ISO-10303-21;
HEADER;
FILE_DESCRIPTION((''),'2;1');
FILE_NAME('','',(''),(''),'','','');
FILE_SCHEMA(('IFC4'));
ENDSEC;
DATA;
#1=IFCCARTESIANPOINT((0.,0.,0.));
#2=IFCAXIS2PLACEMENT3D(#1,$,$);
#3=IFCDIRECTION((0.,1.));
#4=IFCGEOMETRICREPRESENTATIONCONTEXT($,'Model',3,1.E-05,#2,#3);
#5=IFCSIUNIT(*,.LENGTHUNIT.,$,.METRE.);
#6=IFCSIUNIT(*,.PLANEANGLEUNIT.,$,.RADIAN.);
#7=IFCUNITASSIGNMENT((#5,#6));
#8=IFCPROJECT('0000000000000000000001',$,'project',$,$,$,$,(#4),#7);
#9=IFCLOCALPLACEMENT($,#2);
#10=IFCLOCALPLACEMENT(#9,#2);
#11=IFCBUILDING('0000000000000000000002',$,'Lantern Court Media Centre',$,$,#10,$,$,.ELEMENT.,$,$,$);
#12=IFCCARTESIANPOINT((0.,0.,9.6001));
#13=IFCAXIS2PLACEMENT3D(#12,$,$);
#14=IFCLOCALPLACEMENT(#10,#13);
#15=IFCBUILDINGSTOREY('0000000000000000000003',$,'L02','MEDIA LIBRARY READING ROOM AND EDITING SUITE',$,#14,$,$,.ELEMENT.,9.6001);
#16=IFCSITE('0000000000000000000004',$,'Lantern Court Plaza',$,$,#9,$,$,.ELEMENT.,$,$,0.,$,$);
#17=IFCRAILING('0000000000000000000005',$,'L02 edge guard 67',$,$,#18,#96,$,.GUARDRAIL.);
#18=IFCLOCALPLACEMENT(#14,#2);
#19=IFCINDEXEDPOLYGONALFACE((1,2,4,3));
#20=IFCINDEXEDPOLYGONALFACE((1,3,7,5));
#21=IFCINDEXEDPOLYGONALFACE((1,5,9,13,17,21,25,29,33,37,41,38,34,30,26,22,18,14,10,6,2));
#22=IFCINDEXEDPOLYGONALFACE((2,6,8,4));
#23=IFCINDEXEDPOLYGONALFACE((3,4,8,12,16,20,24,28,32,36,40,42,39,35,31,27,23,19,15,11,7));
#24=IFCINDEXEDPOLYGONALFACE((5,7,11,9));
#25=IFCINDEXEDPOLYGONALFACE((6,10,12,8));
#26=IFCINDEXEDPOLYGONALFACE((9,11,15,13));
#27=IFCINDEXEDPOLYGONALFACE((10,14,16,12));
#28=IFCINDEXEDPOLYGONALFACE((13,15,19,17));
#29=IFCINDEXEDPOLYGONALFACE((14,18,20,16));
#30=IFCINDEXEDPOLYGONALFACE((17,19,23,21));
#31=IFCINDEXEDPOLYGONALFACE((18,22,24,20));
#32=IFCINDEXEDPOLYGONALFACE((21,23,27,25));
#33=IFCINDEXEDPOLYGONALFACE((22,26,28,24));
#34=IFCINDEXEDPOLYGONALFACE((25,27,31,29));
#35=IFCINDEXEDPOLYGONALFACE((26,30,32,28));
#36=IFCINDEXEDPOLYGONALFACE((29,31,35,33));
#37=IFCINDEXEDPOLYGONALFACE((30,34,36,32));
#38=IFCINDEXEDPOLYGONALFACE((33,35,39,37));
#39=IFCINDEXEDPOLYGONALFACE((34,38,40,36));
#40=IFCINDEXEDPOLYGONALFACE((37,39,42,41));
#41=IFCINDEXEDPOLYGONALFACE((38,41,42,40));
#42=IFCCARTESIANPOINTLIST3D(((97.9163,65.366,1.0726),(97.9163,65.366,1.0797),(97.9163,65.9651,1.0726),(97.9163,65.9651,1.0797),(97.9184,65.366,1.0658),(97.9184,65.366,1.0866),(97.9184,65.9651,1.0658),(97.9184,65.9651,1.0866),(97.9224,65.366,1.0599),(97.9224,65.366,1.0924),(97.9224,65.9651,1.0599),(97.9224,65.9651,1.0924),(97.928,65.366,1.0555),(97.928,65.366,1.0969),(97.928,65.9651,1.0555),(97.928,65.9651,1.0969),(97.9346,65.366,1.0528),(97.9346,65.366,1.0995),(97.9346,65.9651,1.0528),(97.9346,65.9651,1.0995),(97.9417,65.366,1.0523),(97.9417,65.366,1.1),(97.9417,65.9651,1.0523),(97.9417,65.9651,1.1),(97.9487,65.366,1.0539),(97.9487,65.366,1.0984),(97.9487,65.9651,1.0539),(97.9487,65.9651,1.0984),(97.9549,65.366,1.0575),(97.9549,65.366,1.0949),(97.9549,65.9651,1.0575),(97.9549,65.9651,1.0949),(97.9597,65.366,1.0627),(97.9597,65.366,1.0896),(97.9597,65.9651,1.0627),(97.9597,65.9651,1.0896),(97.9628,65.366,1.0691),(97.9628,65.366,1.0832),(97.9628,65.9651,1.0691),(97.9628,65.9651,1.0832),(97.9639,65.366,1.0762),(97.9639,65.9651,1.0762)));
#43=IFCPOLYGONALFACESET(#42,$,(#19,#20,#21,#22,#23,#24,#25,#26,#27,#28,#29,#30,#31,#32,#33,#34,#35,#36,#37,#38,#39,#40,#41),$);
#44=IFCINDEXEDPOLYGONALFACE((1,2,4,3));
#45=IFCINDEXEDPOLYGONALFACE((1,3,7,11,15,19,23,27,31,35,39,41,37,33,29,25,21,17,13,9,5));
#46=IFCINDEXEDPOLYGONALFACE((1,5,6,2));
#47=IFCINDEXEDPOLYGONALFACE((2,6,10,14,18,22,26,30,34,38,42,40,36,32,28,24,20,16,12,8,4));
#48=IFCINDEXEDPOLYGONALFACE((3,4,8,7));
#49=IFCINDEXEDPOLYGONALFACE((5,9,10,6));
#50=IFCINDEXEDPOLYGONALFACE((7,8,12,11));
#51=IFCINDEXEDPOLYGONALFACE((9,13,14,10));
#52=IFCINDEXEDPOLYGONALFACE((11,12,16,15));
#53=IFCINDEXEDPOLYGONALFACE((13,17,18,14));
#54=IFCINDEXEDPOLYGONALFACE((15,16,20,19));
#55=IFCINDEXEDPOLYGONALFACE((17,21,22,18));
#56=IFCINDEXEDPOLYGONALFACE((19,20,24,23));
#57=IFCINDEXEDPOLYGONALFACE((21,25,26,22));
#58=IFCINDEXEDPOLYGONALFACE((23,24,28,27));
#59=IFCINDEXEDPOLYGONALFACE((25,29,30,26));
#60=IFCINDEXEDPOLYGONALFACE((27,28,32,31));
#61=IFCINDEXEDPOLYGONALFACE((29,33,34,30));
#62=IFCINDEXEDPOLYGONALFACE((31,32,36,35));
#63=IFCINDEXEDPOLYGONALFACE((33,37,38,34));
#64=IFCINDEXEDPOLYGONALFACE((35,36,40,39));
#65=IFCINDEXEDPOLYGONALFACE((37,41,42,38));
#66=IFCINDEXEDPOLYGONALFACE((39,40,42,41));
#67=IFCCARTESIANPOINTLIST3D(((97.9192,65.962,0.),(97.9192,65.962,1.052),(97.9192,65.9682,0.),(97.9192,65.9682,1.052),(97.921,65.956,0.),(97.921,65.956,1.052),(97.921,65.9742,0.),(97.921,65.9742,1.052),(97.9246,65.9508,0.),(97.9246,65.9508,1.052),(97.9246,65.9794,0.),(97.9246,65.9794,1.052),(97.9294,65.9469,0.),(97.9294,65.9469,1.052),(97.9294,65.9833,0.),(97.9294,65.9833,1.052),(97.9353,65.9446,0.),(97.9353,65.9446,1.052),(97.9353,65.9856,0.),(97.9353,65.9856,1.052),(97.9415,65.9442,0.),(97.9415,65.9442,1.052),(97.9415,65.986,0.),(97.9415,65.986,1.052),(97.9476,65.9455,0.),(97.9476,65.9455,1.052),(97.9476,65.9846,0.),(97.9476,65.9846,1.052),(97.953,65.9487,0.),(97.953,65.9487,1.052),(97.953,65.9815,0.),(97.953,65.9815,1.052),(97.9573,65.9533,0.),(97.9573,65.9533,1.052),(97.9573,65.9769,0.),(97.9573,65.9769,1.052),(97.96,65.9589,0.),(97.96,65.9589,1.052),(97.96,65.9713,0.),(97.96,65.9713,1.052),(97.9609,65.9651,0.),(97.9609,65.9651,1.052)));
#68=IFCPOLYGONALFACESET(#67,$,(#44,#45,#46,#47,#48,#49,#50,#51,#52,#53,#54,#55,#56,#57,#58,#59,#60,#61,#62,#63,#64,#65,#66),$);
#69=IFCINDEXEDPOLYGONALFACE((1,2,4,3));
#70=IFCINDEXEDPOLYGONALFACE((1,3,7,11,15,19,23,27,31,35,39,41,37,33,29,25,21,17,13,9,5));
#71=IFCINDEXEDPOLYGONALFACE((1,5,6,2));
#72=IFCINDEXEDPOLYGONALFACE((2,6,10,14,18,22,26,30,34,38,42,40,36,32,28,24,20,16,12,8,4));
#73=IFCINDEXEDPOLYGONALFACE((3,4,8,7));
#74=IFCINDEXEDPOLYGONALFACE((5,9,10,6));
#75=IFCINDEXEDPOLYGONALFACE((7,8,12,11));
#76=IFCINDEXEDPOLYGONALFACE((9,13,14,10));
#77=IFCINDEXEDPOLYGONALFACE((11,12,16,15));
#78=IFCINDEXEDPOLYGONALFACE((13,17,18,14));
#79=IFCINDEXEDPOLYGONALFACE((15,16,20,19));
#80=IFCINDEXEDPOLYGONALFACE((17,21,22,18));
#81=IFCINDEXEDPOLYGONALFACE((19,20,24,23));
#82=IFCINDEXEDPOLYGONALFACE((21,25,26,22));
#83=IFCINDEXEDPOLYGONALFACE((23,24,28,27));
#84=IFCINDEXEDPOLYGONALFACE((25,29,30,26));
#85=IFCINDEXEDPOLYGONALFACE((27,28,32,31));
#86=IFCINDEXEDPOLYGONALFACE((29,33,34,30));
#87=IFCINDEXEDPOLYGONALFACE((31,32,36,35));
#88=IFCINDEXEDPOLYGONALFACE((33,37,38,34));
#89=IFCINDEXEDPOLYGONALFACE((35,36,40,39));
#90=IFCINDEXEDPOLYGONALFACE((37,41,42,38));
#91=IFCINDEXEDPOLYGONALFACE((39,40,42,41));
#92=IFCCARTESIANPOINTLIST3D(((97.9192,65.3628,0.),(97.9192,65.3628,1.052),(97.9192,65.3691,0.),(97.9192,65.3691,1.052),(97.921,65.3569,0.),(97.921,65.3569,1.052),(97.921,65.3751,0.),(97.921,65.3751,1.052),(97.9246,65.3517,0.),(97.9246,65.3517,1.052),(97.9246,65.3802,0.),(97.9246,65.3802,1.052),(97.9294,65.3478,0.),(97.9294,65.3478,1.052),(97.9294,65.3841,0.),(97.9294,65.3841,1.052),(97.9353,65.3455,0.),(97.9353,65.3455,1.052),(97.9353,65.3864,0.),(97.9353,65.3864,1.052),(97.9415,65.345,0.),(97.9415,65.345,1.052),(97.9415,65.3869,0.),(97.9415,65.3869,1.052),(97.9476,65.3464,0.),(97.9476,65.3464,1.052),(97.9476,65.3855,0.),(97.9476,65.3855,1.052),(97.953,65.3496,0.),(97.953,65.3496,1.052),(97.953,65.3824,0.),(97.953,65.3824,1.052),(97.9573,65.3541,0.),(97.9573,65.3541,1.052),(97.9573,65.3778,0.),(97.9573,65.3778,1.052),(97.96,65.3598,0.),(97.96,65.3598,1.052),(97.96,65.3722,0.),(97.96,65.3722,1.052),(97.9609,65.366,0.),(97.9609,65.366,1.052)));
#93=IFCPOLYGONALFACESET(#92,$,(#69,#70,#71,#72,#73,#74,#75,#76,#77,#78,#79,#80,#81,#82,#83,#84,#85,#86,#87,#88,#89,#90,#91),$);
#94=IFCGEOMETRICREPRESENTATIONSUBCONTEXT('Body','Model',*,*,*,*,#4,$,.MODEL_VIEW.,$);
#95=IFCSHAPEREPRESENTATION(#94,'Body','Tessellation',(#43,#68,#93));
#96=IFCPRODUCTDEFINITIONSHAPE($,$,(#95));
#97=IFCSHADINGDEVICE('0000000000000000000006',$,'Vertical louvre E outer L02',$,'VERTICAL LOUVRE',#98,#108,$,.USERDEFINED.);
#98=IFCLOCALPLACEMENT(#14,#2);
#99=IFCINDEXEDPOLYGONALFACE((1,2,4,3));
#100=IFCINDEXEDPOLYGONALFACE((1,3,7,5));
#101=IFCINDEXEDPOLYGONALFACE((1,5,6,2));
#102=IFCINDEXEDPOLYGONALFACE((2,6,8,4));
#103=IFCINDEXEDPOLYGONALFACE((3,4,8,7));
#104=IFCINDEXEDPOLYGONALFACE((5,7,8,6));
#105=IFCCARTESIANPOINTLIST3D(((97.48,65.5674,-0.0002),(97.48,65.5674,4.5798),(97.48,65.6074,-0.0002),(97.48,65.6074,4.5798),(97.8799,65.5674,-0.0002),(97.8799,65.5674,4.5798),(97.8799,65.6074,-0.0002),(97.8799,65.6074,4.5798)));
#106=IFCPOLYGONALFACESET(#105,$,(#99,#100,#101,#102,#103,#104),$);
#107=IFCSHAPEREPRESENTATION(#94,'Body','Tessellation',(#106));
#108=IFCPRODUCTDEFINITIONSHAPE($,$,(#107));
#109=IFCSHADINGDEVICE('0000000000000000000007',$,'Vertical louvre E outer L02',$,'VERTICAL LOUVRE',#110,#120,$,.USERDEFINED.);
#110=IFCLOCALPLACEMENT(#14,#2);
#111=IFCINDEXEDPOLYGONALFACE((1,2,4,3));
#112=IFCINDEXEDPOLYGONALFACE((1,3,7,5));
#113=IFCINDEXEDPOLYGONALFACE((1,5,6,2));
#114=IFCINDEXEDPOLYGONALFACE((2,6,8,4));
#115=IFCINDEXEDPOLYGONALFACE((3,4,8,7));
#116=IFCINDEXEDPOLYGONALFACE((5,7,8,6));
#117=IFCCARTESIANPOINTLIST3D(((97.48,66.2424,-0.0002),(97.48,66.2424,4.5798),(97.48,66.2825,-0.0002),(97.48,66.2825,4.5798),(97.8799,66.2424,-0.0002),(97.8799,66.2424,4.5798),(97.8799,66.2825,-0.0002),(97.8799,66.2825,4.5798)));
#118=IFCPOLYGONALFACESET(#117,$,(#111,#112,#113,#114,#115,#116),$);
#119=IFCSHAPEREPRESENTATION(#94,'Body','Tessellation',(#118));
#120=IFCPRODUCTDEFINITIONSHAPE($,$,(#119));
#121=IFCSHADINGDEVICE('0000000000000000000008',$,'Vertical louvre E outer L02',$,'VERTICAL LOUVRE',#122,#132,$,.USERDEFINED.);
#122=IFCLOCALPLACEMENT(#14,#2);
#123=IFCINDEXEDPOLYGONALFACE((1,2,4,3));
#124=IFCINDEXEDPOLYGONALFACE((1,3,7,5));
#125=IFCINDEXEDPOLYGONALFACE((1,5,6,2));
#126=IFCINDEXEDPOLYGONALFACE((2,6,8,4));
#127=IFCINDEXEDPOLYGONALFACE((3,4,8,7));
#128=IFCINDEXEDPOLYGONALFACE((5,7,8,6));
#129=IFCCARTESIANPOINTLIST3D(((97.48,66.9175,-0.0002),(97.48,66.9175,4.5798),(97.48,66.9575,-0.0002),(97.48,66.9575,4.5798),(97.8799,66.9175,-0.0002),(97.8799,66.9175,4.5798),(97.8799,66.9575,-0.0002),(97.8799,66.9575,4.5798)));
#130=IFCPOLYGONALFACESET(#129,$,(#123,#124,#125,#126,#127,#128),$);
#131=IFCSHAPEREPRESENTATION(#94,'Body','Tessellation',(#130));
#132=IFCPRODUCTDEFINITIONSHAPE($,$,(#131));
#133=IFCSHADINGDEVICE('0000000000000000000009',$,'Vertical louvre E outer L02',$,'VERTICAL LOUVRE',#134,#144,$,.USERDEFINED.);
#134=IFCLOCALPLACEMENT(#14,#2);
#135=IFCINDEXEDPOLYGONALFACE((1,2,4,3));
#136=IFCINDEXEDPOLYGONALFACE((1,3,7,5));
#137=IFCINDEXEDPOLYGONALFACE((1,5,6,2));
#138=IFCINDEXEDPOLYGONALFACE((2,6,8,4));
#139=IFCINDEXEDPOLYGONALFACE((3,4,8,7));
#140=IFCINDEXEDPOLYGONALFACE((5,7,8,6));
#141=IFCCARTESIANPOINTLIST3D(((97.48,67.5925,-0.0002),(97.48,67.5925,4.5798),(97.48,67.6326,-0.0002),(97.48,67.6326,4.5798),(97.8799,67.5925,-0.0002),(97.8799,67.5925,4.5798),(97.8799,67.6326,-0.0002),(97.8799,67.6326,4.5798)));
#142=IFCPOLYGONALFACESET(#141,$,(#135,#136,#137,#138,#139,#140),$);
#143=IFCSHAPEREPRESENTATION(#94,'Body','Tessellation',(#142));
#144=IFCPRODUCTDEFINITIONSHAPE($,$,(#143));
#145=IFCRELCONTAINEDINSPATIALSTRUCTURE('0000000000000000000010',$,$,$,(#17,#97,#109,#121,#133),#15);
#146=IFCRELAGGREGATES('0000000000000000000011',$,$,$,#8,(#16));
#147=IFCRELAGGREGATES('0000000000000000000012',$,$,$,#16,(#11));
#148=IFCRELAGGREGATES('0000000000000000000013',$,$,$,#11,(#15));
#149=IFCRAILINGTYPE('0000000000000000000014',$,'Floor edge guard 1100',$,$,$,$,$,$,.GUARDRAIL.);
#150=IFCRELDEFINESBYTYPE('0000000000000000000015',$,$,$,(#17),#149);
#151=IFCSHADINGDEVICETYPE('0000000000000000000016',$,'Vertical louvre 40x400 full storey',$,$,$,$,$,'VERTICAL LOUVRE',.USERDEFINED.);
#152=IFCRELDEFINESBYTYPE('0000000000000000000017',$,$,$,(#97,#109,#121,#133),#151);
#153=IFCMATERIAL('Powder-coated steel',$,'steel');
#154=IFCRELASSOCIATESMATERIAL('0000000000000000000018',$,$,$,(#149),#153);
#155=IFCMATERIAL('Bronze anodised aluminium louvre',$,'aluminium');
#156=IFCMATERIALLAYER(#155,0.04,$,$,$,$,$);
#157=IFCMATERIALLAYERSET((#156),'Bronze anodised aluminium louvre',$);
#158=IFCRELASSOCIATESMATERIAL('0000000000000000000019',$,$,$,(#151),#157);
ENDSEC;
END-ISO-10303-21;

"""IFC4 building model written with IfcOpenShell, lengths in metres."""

from ifc_helpers import new_model, si_unit, direction, frame, origin, origin_2d, place, context, subcontext, project, spatial, rectangle, circle, extrude, material, layer, layer_set, type_object, element, save


model = new_model("IFC4")

# Units and contexts
model_context = context("Model", 3, precision=1e-05, world=origin(), true_north=direction((0.0, 1.0)))
body_context = subcontext(model_context, "Body", "Model", "MODEL_VIEW")
ifc_project = project(units=[si_unit("LENGTHUNIT", "METRE"), si_unit("PLANEANGLEUNIT", "RADIAN")], contexts=[model_context])

# Site, building, storey
site_placement = place(None, origin())
site = spatial("IfcSite", under=ifc_project, at=site_placement, Name="Lantern Court Plaza", CompositionType="ELEMENT", RefElevation=0.0)
building_placement = place(site_placement, origin())
building = spatial("IfcBuilding", under=site, at=building_placement, Name="Lantern Court Media Centre", CompositionType="ELEMENT")
storey_placement = place(building_placement, frame((0.0, 0.0, 9.6001)))
storey = spatial("IfcBuildingStorey", under=building, at=storey_placement, Name="L02", Description="MEDIA LIBRARY READING ROOM AND EDITING SUITE", CompositionType="ELEMENT", Elevation=9.6001)

# Railing
ifc_material_1 = material(Name="Powder-coated steel", Category="steel")
railing_type = type_object("IfcRailingType", Name="Floor edge guard 1100", PredefinedType="GUARDRAIL", material=ifc_material_1)
railing_1_placement = place(storey_placement, frame((97.9399, 65.9651, 0.0)))
element("IfcRailing", 1, at=railing_1_placement, inside=storey, type_object=railing_type, Name="L02 edge guard 67", PredefinedType="GUARDRAIL", context=body_context, shape_type="SweptSolid", body=[
    extrude(circle(Radius=0.0239, at=origin_2d()), frame((0.0, 0.0, 1.0762), z_axis=(0.0, -1.0, 0.0), x_axis=(1.0, 0.0, 0.0)), (0.0, 0.0, 1.0), 0.5991),
    extrude(circle(Radius=0.021, at=origin_2d()), origin(), (0.0, 0.0, 1.0), 1.052),
    extrude(circle(Radius=0.021, at=origin_2d()), frame((0.0, -0.5991, 0.0)), (0.0, 0.0, 1.0), 1.052),
])

# Shading devices
ifc_material_2 = material(Name="Bronze anodised aluminium louvre", Category="aluminium")
ifc_layer_1 = layer(ifc_material_2, 0.04)
ifc_layer_set_1 = layer_set([ifc_layer_1], Name="Bronze anodised aluminium louvre")
shading_device_type = type_object("IfcShadingDeviceType", Name="Vertical louvre 40x400 full storey", ElementType="VERTICAL LOUVRE", PredefinedType="USERDEFINED", material=ifc_layer_set_1)
for number, where, z_axis, x_axis, name in (
    (2, (97.6799, 65.5874, -0.0002), (0.0, 0.0, 1.0), (1.0, 0.0, 0.0), "Vertical louvre E outer L02"),
    (3, (97.6799, 66.2625, -0.0002), (0.0, 0.0, 1.0), (1.0, 0.0, 0.0), "Vertical louvre E outer L02"),
    (4, (97.6799, 66.9375, -0.0002), (0.0, 0.0, 1.0), (1.0, 0.0, 0.0), "Vertical louvre E outer L02"),
    (5, (97.6799, 67.6125, -0.0002), (0.0, 0.0, 1.0), (1.0, 0.0, 0.0), "Vertical louvre E outer L02"),
):
    element("IfcShadingDevice", number, at=place(storey_placement, frame(where, z_axis=z_axis, x_axis=x_axis)), inside=storey, type_object=shading_device_type, Name=name, ObjectType="VERTICAL LOUVRE", PredefinedType="USERDEFINED", context=body_context, shape_type="SweptSolid", body=[
        extrude(rectangle(XDim=0.3999, YDim=0.04, at=origin_2d()), origin(), (0.0, 0.0, 1.0), 4.5801),
    ])

save(model, "model.ifc")
